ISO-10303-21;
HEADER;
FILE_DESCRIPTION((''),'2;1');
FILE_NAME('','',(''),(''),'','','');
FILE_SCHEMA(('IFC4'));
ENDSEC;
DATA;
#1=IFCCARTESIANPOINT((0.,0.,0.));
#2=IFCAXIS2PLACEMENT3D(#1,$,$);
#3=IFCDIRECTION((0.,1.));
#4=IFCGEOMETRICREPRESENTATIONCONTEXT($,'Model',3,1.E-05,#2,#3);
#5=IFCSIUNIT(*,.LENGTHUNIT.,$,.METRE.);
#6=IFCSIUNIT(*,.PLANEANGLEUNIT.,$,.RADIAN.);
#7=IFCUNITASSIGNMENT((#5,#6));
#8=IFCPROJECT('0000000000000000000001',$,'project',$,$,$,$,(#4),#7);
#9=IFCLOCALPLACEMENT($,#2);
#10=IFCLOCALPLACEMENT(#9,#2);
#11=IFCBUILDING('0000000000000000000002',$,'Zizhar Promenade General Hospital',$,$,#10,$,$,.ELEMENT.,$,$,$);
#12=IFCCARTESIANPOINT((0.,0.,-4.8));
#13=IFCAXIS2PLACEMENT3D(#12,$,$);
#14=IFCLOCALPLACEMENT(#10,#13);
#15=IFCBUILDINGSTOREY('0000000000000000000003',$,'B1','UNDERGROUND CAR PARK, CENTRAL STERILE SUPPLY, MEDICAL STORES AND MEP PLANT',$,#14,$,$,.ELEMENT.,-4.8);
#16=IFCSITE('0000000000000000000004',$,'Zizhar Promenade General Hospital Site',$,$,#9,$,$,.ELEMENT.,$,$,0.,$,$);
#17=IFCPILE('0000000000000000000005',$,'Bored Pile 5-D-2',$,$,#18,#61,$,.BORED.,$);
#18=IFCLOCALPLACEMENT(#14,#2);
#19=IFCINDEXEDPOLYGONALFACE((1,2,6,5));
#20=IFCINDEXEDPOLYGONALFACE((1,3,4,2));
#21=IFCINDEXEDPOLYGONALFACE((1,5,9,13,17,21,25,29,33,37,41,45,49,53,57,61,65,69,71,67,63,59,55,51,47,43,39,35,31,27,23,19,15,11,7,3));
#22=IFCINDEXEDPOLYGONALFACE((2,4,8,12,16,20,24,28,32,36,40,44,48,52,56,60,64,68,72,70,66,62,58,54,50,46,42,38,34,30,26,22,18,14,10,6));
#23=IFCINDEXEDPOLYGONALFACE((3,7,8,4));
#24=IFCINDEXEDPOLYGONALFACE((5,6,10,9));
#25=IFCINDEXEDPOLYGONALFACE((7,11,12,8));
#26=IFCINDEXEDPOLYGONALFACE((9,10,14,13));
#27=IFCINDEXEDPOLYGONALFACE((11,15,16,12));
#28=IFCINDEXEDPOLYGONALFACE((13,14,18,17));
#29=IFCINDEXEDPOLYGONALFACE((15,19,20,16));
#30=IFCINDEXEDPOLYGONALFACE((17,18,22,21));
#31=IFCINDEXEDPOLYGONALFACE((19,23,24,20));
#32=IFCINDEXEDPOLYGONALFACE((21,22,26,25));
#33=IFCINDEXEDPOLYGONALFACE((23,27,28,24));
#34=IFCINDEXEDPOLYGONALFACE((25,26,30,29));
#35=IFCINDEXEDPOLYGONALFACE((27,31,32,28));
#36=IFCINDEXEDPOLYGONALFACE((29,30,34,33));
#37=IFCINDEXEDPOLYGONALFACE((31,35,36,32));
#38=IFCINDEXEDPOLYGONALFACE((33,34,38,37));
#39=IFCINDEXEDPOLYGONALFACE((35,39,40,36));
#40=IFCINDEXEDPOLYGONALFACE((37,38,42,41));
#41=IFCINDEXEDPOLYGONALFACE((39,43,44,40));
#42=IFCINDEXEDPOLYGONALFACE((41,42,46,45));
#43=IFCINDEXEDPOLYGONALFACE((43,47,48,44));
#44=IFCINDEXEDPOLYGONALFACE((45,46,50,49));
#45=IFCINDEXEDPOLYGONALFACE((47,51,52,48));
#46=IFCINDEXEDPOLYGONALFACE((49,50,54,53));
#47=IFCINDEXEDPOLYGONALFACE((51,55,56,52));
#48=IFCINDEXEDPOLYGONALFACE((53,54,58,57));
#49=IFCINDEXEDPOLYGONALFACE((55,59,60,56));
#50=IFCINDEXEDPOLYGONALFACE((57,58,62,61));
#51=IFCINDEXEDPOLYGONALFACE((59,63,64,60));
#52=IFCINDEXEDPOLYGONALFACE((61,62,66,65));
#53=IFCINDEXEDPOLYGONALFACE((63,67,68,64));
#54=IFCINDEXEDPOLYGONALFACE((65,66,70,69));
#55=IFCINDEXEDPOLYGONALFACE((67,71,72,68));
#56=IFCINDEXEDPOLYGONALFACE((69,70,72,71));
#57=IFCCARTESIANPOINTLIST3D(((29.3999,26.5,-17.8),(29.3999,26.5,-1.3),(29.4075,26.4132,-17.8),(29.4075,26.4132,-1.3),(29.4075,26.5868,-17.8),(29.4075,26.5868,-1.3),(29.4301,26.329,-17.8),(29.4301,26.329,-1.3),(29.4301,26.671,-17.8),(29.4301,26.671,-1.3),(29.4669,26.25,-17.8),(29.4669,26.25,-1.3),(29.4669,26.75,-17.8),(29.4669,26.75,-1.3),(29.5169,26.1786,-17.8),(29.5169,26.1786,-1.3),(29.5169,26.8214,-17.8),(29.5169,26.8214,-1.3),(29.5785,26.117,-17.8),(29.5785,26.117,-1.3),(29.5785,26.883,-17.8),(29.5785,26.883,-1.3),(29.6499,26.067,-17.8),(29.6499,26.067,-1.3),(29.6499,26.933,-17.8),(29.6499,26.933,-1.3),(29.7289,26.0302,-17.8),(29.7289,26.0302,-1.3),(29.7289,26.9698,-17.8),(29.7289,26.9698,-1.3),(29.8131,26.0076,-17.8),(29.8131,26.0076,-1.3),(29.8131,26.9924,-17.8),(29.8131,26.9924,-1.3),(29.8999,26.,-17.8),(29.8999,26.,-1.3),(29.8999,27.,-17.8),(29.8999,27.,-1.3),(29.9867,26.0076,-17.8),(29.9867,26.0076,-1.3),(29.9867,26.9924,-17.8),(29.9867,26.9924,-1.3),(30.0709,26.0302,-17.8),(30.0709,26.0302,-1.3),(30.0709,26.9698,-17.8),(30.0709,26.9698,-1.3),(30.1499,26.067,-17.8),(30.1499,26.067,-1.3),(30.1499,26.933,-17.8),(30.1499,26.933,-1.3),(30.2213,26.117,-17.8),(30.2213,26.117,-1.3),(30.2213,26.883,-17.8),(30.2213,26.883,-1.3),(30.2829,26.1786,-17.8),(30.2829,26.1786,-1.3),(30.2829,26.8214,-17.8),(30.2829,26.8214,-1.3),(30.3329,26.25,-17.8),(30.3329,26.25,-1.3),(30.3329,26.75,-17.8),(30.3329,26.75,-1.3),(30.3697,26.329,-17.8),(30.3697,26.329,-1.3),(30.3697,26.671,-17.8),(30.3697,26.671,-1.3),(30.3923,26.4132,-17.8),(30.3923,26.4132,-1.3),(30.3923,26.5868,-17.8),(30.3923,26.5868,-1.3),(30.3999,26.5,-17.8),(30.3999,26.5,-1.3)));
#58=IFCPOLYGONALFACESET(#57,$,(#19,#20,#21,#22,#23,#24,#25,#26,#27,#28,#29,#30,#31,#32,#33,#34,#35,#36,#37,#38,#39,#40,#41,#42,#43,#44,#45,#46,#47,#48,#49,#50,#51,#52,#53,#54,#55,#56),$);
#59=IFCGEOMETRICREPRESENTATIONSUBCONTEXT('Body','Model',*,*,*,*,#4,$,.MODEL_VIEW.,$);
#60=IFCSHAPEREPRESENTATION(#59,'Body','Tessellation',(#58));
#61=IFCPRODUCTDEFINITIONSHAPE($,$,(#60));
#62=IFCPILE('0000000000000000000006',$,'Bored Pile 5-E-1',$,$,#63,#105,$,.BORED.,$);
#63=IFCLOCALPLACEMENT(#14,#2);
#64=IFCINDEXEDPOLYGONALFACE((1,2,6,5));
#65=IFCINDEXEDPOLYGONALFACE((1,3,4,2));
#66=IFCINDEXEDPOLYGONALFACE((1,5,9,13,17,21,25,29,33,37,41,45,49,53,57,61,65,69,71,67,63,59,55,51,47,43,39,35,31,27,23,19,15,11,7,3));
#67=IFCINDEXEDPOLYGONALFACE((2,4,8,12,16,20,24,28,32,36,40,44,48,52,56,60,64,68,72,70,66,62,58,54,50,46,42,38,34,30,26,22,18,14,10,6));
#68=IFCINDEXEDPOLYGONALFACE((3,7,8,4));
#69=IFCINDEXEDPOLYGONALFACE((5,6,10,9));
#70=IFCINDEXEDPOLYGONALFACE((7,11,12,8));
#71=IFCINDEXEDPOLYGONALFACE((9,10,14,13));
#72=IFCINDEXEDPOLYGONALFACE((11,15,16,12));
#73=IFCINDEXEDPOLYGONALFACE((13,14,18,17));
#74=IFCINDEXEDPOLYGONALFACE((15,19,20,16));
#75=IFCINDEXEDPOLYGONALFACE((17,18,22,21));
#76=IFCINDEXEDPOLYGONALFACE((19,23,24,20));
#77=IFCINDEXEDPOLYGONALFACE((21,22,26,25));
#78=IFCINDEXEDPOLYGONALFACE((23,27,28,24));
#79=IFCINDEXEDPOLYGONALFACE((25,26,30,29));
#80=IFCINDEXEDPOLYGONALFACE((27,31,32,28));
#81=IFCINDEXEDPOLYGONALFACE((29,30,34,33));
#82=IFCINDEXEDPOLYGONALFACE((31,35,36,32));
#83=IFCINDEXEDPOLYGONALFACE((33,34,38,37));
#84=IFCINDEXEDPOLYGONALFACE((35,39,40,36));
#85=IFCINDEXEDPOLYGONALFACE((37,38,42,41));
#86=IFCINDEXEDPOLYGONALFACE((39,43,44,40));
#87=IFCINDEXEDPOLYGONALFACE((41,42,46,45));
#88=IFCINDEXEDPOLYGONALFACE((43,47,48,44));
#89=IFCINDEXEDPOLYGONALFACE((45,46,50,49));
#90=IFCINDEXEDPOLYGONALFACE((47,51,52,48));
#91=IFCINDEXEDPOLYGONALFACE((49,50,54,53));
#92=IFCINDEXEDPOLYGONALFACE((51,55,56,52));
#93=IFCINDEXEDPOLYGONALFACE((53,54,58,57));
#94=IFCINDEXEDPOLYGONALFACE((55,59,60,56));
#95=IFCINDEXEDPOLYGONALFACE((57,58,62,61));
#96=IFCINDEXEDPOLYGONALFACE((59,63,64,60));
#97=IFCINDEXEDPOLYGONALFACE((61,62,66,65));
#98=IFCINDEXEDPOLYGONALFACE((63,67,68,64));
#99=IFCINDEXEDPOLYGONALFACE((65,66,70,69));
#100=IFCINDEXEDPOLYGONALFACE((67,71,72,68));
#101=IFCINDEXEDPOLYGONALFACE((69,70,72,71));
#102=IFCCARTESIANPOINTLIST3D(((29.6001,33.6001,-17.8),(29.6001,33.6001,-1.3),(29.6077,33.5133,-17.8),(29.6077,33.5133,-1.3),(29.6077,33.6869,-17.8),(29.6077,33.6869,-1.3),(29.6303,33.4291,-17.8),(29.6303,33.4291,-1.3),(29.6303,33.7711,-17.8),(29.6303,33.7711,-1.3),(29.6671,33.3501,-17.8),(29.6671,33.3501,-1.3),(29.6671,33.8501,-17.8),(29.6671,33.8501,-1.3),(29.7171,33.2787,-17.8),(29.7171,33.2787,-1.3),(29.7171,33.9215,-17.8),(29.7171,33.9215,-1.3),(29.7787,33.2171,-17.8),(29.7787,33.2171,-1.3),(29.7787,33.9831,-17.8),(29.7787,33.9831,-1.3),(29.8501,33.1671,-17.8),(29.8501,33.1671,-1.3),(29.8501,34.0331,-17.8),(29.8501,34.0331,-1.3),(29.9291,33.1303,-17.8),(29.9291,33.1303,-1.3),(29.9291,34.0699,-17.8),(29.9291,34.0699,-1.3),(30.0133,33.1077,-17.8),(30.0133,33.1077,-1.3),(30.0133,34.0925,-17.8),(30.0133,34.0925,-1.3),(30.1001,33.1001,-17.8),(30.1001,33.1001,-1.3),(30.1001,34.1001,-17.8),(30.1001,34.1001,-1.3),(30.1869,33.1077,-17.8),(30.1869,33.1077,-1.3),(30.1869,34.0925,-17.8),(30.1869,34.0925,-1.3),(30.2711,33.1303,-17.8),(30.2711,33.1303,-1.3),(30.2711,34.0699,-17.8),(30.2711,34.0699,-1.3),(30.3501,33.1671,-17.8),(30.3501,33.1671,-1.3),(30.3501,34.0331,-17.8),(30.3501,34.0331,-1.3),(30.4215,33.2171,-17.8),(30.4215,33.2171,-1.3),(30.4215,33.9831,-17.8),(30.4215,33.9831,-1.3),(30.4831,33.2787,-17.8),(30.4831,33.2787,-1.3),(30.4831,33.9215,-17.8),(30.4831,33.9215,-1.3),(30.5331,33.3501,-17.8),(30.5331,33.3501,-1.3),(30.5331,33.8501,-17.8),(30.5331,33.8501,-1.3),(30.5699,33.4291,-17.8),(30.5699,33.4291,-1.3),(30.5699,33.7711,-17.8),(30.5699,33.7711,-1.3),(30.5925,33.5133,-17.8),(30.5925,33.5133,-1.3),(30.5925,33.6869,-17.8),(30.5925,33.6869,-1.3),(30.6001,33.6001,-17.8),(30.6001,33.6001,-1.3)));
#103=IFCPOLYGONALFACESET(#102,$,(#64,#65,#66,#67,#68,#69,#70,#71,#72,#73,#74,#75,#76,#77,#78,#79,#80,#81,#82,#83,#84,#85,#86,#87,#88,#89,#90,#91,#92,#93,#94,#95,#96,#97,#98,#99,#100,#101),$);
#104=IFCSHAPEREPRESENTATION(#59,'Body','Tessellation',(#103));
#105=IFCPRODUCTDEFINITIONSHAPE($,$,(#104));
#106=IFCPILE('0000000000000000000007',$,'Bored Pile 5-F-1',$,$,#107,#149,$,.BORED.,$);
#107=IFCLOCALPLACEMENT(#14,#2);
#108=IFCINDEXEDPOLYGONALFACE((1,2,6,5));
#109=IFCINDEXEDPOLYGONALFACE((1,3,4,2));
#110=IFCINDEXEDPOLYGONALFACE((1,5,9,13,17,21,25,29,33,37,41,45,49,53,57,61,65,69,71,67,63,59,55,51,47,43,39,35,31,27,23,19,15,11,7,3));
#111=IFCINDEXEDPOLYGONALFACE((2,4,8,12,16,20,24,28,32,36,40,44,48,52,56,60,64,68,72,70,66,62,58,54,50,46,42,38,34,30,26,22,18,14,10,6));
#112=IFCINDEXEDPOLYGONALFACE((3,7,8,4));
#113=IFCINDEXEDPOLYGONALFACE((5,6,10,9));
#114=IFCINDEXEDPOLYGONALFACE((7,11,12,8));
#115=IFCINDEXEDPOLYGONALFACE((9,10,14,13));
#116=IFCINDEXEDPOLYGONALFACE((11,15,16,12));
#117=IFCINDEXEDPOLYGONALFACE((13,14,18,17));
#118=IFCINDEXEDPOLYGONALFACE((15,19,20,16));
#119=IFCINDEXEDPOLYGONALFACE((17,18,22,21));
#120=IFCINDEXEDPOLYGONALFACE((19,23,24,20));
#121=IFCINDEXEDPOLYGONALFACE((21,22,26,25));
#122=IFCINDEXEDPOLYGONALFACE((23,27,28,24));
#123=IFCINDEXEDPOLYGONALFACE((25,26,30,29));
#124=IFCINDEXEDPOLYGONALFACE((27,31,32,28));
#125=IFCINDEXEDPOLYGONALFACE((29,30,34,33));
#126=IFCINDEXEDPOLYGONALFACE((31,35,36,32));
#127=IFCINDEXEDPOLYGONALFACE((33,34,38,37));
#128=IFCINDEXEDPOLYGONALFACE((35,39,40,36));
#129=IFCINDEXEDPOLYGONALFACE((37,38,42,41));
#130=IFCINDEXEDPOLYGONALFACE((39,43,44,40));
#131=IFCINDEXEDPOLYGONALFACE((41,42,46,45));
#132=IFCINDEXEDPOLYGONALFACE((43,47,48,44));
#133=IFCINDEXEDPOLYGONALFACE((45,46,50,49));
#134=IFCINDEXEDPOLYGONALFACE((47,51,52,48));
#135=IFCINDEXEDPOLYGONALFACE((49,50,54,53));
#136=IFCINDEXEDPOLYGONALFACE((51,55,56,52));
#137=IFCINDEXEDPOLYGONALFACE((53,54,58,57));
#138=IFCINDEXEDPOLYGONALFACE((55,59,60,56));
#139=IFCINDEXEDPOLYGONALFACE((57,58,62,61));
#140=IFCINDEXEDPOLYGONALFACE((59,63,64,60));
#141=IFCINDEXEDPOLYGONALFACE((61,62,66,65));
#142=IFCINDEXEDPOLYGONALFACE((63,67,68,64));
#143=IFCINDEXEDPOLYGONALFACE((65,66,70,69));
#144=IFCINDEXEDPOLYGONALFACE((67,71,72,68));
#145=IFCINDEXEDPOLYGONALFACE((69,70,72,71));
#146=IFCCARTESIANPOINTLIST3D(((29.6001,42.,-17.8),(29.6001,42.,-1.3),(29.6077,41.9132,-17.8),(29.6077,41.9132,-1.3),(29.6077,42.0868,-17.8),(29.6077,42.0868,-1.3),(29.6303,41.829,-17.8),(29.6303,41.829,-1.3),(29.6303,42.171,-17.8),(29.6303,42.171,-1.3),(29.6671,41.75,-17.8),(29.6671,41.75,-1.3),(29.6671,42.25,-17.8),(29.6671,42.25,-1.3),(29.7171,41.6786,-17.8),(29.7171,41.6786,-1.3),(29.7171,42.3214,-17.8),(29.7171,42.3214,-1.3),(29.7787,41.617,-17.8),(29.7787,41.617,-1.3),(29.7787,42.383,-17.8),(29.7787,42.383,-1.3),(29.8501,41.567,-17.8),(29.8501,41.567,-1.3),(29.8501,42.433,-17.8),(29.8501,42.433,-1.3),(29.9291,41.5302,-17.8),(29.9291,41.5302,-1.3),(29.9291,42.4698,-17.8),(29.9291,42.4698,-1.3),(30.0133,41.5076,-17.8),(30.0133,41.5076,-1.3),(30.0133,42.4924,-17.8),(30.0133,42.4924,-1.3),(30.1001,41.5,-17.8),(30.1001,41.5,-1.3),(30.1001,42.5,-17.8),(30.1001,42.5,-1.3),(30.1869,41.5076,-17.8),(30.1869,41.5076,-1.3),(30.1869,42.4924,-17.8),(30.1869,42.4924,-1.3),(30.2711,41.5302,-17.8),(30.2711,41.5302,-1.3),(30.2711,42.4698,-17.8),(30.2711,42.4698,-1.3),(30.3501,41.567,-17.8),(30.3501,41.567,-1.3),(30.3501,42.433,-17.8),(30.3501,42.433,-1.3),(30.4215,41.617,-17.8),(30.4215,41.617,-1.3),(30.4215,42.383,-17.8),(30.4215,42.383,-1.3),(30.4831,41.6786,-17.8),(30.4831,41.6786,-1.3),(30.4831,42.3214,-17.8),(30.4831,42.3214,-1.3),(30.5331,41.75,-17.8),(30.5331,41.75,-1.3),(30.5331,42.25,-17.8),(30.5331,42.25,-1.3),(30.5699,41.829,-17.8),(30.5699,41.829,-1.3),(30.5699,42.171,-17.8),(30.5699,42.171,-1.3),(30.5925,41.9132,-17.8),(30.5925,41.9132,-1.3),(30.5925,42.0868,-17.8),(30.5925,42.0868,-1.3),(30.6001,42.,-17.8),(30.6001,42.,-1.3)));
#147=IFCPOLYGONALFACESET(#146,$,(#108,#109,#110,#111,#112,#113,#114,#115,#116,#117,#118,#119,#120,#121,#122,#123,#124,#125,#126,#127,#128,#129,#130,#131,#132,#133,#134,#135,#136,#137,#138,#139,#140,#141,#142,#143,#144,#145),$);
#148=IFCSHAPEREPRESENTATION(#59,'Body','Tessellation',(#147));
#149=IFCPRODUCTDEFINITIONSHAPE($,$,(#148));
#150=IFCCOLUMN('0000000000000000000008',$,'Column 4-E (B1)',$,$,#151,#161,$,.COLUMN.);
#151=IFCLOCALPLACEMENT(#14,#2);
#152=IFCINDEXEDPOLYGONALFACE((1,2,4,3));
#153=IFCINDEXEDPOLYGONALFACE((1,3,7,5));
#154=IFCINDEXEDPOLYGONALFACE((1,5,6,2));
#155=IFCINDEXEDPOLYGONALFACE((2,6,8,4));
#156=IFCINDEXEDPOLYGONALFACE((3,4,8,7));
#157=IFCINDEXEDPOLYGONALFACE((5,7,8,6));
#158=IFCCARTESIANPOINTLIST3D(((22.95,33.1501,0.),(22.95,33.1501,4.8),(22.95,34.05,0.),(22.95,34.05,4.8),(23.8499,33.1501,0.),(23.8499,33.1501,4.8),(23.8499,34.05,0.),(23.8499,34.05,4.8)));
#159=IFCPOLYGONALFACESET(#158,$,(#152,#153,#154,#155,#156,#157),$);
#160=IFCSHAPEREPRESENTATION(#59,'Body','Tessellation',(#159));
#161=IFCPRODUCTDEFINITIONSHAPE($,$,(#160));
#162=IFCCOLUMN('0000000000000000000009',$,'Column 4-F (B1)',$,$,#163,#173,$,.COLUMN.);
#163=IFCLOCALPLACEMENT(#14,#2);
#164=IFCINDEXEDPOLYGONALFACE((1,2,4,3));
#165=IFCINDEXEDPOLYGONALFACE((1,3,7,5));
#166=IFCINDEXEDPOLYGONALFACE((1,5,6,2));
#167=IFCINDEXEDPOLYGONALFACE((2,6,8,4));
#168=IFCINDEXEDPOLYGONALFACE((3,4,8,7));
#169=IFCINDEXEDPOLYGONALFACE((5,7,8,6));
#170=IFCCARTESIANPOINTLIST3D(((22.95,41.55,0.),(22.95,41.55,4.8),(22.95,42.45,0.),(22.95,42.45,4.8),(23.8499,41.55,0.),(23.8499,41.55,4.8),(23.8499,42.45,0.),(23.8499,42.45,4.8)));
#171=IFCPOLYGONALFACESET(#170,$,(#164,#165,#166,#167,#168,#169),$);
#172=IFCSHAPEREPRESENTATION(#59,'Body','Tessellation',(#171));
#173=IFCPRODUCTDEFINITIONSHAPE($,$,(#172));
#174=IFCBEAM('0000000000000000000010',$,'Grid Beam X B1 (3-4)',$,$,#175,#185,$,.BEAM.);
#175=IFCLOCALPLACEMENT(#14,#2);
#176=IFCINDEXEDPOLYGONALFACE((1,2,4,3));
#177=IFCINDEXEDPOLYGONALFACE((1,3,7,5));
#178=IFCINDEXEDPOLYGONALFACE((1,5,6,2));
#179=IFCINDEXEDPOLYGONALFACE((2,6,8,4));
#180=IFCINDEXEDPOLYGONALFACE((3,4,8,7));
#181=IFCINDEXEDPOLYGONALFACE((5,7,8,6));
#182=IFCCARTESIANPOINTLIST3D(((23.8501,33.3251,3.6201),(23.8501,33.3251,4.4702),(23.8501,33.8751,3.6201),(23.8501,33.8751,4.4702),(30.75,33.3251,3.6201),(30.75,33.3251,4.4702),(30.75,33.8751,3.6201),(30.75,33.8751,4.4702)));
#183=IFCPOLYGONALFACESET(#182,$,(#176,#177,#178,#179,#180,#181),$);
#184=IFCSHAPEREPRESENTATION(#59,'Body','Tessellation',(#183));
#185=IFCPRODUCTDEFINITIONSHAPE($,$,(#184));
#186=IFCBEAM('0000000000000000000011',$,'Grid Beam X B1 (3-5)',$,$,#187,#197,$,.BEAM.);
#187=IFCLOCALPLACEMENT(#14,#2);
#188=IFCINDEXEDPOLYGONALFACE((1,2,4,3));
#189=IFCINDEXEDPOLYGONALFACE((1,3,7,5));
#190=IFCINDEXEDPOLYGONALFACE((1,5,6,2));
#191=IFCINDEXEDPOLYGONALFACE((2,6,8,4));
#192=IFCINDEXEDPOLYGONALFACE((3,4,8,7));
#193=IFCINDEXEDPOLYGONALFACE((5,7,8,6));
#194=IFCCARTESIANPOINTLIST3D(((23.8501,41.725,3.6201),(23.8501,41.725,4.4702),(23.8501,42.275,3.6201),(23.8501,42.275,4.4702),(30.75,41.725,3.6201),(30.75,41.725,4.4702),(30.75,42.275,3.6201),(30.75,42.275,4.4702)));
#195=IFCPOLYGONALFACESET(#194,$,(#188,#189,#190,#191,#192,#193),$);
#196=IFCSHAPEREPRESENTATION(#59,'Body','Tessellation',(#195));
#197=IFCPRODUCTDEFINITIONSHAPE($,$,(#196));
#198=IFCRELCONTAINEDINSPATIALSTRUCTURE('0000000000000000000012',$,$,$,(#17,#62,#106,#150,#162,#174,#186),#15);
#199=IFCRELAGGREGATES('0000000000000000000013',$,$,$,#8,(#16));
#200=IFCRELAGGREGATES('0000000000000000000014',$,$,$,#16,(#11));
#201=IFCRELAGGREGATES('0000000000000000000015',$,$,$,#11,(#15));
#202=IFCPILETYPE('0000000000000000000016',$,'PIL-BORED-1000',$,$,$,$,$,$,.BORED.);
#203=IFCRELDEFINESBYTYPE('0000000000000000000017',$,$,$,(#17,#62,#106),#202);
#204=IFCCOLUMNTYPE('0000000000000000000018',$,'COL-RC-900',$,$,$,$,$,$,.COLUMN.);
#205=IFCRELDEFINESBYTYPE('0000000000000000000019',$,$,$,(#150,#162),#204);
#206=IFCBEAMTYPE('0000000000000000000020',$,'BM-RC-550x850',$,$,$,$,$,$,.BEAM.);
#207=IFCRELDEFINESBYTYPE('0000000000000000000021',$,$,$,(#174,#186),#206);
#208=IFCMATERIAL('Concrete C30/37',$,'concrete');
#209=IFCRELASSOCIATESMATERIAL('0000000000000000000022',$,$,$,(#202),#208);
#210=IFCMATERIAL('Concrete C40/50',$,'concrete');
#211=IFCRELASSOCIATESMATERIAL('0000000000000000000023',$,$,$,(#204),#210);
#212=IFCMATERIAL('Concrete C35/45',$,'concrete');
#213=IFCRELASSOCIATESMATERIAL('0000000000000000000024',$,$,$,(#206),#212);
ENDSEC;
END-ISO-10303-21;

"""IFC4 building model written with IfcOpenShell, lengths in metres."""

from ifc_helpers import new_model, si_unit, direction, frame, origin, origin_2d, place, context, subcontext, project, spatial, rectangle, circle, extrude, material, material_profile, profile_set, type_object, element, save


model = new_model("IFC4")

# Units and contexts
model_context = context("Model", 3, precision=1e-05, world=origin(), true_north=direction((0.0, 1.0)))
body_context = subcontext(model_context, "Body", "Model", "MODEL_VIEW")
ifc_project = project(units=[si_unit("LENGTHUNIT", "METRE"), si_unit("PLANEANGLEUNIT", "RADIAN")], contexts=[model_context])

# Site, building, storey
site_placement = place(None, origin())
site = spatial("IfcSite", under=ifc_project, at=site_placement, Name="Zizhar Promenade General Hospital Site", CompositionType="ELEMENT", RefElevation=0.0)
building_placement = place(site_placement, origin())
building = spatial("IfcBuilding", under=site, at=building_placement, Name="Zizhar Promenade General Hospital", CompositionType="ELEMENT")
storey_placement = place(building_placement, frame((0.0, 0.0, -4.8)))
storey = spatial("IfcBuildingStorey", under=building, at=storey_placement, Name="B1", Description="UNDERGROUND CAR PARK, CENTRAL STERILE SUPPLY, MEDICAL STORES AND MEP PLANT", CompositionType="ELEMENT", Elevation=-4.8)

# Piles
ifc_material_1 = material(Name="Concrete C30/37", Category="concrete")
ifc_material_profile_1 = material_profile(ifc_material_1, circle(Radius=0.5, at=origin_2d()))
ifc_profile_set_1 = profile_set([ifc_material_profile_1], Name="Concrete C30/37")
pile_type = type_object("IfcPileType", Name="PIL-BORED-1000", PredefinedType="BORED", material=ifc_profile_set_1)
for number, where, z_axis, x_axis, name in (
    (1, (29.8999, 26.5, -1.3), (0.0, 0.0, -1.0), (1.0, 0.0, 0.0), "Bored Pile 5-D-2"),
    (2, (30.1001, 33.6001, -1.3), (0.0, 0.0, -1.0), (1.0, 0.0, 0.0), "Bored Pile 5-E-1"),
    (3, (30.1001, 42.0, -1.3), (0.0, 0.0, -1.0), (1.0, 0.0, 0.0), "Bored Pile 5-F-1"),
):
    element("IfcPile", number, at=place(storey_placement, frame(where, z_axis=z_axis, x_axis=x_axis)), inside=storey, type_object=pile_type, Name=name, PredefinedType="BORED", context=body_context, shape_type="SweptSolid", body=[
        extrude(circle(Radius=0.5, at=origin_2d()), origin(), (0.0, 0.0, 1.0), 16.5),
    ])

# Columns
ifc_material_2 = material(Name="Concrete C40/50", Category="concrete")
ifc_material_profile_2 = material_profile(ifc_material_2, rectangle(XDim=0.8999, YDim=0.8999, at=origin_2d()))
ifc_profile_set_2 = profile_set([ifc_material_profile_2], Name="Concrete C40/50")
column_type = type_object("IfcColumnType", Name="COL-RC-900", PredefinedType="COLUMN", material=ifc_profile_set_2)
for number, where, z_axis, x_axis, name in (
    (4, (23.3999, 33.6001, 0.0), (0.0, 0.0, 1.0), (1.0, 0.0, 0.0), "Column 4-E (B1)"),
    (5, (23.3999, 42.0, 0.0), (0.0, 0.0, 1.0), (1.0, 0.0, 0.0), "Column 4-F (B1)"),
):
    element("IfcColumn", number, at=place(storey_placement, frame(where, z_axis=z_axis, x_axis=x_axis)), inside=storey, type_object=column_type, Name=name, PredefinedType="COLUMN", context=body_context, shape_type="SweptSolid", body=[
        extrude(rectangle(XDim=0.8999, YDim=0.8999, at=origin_2d()), origin(), (0.0, 0.0, 1.0), 4.8),
    ])

# Beams
ifc_material_3 = material(Name="Concrete C35/45", Category="concrete")
ifc_material_profile_3 = material_profile(ifc_material_3, rectangle(XDim=0.55, YDim=0.8501, at=origin_2d()))
ifc_profile_set_3 = profile_set([ifc_material_profile_3], Name="Concrete C35/45")
beam_type_1 = type_object("IfcBeamType", Name="BM-RC-550x850", PredefinedType="BEAM", material=ifc_profile_set_3)
for number, where, z_axis, x_axis, name in (
    (6, (23.8501, 33.6001, 4.0452), (1.0, 0.0, 0.0), (0.0, 1.0, 0.0), "Grid Beam X B1 (3-4)"),
    (7, (23.8501, 42.0, 4.0452), (1.0, 0.0, 0.0), (0.0, 1.0, 0.0), "Grid Beam X B1 (3-5)"),
):
    element("IfcBeam", number, at=place(storey_placement, frame(where, z_axis=z_axis, x_axis=x_axis)), inside=storey, type_object=beam_type_1, Name=name, PredefinedType="BEAM", context=body_context, shape_type="SweptSolid", body=[
        extrude(rectangle(XDim=0.55, YDim=0.8501, at=origin_2d()), origin(), (0.0, 0.0, 1.0), 6.8999),
    ])

save(model, "model.ifc")
